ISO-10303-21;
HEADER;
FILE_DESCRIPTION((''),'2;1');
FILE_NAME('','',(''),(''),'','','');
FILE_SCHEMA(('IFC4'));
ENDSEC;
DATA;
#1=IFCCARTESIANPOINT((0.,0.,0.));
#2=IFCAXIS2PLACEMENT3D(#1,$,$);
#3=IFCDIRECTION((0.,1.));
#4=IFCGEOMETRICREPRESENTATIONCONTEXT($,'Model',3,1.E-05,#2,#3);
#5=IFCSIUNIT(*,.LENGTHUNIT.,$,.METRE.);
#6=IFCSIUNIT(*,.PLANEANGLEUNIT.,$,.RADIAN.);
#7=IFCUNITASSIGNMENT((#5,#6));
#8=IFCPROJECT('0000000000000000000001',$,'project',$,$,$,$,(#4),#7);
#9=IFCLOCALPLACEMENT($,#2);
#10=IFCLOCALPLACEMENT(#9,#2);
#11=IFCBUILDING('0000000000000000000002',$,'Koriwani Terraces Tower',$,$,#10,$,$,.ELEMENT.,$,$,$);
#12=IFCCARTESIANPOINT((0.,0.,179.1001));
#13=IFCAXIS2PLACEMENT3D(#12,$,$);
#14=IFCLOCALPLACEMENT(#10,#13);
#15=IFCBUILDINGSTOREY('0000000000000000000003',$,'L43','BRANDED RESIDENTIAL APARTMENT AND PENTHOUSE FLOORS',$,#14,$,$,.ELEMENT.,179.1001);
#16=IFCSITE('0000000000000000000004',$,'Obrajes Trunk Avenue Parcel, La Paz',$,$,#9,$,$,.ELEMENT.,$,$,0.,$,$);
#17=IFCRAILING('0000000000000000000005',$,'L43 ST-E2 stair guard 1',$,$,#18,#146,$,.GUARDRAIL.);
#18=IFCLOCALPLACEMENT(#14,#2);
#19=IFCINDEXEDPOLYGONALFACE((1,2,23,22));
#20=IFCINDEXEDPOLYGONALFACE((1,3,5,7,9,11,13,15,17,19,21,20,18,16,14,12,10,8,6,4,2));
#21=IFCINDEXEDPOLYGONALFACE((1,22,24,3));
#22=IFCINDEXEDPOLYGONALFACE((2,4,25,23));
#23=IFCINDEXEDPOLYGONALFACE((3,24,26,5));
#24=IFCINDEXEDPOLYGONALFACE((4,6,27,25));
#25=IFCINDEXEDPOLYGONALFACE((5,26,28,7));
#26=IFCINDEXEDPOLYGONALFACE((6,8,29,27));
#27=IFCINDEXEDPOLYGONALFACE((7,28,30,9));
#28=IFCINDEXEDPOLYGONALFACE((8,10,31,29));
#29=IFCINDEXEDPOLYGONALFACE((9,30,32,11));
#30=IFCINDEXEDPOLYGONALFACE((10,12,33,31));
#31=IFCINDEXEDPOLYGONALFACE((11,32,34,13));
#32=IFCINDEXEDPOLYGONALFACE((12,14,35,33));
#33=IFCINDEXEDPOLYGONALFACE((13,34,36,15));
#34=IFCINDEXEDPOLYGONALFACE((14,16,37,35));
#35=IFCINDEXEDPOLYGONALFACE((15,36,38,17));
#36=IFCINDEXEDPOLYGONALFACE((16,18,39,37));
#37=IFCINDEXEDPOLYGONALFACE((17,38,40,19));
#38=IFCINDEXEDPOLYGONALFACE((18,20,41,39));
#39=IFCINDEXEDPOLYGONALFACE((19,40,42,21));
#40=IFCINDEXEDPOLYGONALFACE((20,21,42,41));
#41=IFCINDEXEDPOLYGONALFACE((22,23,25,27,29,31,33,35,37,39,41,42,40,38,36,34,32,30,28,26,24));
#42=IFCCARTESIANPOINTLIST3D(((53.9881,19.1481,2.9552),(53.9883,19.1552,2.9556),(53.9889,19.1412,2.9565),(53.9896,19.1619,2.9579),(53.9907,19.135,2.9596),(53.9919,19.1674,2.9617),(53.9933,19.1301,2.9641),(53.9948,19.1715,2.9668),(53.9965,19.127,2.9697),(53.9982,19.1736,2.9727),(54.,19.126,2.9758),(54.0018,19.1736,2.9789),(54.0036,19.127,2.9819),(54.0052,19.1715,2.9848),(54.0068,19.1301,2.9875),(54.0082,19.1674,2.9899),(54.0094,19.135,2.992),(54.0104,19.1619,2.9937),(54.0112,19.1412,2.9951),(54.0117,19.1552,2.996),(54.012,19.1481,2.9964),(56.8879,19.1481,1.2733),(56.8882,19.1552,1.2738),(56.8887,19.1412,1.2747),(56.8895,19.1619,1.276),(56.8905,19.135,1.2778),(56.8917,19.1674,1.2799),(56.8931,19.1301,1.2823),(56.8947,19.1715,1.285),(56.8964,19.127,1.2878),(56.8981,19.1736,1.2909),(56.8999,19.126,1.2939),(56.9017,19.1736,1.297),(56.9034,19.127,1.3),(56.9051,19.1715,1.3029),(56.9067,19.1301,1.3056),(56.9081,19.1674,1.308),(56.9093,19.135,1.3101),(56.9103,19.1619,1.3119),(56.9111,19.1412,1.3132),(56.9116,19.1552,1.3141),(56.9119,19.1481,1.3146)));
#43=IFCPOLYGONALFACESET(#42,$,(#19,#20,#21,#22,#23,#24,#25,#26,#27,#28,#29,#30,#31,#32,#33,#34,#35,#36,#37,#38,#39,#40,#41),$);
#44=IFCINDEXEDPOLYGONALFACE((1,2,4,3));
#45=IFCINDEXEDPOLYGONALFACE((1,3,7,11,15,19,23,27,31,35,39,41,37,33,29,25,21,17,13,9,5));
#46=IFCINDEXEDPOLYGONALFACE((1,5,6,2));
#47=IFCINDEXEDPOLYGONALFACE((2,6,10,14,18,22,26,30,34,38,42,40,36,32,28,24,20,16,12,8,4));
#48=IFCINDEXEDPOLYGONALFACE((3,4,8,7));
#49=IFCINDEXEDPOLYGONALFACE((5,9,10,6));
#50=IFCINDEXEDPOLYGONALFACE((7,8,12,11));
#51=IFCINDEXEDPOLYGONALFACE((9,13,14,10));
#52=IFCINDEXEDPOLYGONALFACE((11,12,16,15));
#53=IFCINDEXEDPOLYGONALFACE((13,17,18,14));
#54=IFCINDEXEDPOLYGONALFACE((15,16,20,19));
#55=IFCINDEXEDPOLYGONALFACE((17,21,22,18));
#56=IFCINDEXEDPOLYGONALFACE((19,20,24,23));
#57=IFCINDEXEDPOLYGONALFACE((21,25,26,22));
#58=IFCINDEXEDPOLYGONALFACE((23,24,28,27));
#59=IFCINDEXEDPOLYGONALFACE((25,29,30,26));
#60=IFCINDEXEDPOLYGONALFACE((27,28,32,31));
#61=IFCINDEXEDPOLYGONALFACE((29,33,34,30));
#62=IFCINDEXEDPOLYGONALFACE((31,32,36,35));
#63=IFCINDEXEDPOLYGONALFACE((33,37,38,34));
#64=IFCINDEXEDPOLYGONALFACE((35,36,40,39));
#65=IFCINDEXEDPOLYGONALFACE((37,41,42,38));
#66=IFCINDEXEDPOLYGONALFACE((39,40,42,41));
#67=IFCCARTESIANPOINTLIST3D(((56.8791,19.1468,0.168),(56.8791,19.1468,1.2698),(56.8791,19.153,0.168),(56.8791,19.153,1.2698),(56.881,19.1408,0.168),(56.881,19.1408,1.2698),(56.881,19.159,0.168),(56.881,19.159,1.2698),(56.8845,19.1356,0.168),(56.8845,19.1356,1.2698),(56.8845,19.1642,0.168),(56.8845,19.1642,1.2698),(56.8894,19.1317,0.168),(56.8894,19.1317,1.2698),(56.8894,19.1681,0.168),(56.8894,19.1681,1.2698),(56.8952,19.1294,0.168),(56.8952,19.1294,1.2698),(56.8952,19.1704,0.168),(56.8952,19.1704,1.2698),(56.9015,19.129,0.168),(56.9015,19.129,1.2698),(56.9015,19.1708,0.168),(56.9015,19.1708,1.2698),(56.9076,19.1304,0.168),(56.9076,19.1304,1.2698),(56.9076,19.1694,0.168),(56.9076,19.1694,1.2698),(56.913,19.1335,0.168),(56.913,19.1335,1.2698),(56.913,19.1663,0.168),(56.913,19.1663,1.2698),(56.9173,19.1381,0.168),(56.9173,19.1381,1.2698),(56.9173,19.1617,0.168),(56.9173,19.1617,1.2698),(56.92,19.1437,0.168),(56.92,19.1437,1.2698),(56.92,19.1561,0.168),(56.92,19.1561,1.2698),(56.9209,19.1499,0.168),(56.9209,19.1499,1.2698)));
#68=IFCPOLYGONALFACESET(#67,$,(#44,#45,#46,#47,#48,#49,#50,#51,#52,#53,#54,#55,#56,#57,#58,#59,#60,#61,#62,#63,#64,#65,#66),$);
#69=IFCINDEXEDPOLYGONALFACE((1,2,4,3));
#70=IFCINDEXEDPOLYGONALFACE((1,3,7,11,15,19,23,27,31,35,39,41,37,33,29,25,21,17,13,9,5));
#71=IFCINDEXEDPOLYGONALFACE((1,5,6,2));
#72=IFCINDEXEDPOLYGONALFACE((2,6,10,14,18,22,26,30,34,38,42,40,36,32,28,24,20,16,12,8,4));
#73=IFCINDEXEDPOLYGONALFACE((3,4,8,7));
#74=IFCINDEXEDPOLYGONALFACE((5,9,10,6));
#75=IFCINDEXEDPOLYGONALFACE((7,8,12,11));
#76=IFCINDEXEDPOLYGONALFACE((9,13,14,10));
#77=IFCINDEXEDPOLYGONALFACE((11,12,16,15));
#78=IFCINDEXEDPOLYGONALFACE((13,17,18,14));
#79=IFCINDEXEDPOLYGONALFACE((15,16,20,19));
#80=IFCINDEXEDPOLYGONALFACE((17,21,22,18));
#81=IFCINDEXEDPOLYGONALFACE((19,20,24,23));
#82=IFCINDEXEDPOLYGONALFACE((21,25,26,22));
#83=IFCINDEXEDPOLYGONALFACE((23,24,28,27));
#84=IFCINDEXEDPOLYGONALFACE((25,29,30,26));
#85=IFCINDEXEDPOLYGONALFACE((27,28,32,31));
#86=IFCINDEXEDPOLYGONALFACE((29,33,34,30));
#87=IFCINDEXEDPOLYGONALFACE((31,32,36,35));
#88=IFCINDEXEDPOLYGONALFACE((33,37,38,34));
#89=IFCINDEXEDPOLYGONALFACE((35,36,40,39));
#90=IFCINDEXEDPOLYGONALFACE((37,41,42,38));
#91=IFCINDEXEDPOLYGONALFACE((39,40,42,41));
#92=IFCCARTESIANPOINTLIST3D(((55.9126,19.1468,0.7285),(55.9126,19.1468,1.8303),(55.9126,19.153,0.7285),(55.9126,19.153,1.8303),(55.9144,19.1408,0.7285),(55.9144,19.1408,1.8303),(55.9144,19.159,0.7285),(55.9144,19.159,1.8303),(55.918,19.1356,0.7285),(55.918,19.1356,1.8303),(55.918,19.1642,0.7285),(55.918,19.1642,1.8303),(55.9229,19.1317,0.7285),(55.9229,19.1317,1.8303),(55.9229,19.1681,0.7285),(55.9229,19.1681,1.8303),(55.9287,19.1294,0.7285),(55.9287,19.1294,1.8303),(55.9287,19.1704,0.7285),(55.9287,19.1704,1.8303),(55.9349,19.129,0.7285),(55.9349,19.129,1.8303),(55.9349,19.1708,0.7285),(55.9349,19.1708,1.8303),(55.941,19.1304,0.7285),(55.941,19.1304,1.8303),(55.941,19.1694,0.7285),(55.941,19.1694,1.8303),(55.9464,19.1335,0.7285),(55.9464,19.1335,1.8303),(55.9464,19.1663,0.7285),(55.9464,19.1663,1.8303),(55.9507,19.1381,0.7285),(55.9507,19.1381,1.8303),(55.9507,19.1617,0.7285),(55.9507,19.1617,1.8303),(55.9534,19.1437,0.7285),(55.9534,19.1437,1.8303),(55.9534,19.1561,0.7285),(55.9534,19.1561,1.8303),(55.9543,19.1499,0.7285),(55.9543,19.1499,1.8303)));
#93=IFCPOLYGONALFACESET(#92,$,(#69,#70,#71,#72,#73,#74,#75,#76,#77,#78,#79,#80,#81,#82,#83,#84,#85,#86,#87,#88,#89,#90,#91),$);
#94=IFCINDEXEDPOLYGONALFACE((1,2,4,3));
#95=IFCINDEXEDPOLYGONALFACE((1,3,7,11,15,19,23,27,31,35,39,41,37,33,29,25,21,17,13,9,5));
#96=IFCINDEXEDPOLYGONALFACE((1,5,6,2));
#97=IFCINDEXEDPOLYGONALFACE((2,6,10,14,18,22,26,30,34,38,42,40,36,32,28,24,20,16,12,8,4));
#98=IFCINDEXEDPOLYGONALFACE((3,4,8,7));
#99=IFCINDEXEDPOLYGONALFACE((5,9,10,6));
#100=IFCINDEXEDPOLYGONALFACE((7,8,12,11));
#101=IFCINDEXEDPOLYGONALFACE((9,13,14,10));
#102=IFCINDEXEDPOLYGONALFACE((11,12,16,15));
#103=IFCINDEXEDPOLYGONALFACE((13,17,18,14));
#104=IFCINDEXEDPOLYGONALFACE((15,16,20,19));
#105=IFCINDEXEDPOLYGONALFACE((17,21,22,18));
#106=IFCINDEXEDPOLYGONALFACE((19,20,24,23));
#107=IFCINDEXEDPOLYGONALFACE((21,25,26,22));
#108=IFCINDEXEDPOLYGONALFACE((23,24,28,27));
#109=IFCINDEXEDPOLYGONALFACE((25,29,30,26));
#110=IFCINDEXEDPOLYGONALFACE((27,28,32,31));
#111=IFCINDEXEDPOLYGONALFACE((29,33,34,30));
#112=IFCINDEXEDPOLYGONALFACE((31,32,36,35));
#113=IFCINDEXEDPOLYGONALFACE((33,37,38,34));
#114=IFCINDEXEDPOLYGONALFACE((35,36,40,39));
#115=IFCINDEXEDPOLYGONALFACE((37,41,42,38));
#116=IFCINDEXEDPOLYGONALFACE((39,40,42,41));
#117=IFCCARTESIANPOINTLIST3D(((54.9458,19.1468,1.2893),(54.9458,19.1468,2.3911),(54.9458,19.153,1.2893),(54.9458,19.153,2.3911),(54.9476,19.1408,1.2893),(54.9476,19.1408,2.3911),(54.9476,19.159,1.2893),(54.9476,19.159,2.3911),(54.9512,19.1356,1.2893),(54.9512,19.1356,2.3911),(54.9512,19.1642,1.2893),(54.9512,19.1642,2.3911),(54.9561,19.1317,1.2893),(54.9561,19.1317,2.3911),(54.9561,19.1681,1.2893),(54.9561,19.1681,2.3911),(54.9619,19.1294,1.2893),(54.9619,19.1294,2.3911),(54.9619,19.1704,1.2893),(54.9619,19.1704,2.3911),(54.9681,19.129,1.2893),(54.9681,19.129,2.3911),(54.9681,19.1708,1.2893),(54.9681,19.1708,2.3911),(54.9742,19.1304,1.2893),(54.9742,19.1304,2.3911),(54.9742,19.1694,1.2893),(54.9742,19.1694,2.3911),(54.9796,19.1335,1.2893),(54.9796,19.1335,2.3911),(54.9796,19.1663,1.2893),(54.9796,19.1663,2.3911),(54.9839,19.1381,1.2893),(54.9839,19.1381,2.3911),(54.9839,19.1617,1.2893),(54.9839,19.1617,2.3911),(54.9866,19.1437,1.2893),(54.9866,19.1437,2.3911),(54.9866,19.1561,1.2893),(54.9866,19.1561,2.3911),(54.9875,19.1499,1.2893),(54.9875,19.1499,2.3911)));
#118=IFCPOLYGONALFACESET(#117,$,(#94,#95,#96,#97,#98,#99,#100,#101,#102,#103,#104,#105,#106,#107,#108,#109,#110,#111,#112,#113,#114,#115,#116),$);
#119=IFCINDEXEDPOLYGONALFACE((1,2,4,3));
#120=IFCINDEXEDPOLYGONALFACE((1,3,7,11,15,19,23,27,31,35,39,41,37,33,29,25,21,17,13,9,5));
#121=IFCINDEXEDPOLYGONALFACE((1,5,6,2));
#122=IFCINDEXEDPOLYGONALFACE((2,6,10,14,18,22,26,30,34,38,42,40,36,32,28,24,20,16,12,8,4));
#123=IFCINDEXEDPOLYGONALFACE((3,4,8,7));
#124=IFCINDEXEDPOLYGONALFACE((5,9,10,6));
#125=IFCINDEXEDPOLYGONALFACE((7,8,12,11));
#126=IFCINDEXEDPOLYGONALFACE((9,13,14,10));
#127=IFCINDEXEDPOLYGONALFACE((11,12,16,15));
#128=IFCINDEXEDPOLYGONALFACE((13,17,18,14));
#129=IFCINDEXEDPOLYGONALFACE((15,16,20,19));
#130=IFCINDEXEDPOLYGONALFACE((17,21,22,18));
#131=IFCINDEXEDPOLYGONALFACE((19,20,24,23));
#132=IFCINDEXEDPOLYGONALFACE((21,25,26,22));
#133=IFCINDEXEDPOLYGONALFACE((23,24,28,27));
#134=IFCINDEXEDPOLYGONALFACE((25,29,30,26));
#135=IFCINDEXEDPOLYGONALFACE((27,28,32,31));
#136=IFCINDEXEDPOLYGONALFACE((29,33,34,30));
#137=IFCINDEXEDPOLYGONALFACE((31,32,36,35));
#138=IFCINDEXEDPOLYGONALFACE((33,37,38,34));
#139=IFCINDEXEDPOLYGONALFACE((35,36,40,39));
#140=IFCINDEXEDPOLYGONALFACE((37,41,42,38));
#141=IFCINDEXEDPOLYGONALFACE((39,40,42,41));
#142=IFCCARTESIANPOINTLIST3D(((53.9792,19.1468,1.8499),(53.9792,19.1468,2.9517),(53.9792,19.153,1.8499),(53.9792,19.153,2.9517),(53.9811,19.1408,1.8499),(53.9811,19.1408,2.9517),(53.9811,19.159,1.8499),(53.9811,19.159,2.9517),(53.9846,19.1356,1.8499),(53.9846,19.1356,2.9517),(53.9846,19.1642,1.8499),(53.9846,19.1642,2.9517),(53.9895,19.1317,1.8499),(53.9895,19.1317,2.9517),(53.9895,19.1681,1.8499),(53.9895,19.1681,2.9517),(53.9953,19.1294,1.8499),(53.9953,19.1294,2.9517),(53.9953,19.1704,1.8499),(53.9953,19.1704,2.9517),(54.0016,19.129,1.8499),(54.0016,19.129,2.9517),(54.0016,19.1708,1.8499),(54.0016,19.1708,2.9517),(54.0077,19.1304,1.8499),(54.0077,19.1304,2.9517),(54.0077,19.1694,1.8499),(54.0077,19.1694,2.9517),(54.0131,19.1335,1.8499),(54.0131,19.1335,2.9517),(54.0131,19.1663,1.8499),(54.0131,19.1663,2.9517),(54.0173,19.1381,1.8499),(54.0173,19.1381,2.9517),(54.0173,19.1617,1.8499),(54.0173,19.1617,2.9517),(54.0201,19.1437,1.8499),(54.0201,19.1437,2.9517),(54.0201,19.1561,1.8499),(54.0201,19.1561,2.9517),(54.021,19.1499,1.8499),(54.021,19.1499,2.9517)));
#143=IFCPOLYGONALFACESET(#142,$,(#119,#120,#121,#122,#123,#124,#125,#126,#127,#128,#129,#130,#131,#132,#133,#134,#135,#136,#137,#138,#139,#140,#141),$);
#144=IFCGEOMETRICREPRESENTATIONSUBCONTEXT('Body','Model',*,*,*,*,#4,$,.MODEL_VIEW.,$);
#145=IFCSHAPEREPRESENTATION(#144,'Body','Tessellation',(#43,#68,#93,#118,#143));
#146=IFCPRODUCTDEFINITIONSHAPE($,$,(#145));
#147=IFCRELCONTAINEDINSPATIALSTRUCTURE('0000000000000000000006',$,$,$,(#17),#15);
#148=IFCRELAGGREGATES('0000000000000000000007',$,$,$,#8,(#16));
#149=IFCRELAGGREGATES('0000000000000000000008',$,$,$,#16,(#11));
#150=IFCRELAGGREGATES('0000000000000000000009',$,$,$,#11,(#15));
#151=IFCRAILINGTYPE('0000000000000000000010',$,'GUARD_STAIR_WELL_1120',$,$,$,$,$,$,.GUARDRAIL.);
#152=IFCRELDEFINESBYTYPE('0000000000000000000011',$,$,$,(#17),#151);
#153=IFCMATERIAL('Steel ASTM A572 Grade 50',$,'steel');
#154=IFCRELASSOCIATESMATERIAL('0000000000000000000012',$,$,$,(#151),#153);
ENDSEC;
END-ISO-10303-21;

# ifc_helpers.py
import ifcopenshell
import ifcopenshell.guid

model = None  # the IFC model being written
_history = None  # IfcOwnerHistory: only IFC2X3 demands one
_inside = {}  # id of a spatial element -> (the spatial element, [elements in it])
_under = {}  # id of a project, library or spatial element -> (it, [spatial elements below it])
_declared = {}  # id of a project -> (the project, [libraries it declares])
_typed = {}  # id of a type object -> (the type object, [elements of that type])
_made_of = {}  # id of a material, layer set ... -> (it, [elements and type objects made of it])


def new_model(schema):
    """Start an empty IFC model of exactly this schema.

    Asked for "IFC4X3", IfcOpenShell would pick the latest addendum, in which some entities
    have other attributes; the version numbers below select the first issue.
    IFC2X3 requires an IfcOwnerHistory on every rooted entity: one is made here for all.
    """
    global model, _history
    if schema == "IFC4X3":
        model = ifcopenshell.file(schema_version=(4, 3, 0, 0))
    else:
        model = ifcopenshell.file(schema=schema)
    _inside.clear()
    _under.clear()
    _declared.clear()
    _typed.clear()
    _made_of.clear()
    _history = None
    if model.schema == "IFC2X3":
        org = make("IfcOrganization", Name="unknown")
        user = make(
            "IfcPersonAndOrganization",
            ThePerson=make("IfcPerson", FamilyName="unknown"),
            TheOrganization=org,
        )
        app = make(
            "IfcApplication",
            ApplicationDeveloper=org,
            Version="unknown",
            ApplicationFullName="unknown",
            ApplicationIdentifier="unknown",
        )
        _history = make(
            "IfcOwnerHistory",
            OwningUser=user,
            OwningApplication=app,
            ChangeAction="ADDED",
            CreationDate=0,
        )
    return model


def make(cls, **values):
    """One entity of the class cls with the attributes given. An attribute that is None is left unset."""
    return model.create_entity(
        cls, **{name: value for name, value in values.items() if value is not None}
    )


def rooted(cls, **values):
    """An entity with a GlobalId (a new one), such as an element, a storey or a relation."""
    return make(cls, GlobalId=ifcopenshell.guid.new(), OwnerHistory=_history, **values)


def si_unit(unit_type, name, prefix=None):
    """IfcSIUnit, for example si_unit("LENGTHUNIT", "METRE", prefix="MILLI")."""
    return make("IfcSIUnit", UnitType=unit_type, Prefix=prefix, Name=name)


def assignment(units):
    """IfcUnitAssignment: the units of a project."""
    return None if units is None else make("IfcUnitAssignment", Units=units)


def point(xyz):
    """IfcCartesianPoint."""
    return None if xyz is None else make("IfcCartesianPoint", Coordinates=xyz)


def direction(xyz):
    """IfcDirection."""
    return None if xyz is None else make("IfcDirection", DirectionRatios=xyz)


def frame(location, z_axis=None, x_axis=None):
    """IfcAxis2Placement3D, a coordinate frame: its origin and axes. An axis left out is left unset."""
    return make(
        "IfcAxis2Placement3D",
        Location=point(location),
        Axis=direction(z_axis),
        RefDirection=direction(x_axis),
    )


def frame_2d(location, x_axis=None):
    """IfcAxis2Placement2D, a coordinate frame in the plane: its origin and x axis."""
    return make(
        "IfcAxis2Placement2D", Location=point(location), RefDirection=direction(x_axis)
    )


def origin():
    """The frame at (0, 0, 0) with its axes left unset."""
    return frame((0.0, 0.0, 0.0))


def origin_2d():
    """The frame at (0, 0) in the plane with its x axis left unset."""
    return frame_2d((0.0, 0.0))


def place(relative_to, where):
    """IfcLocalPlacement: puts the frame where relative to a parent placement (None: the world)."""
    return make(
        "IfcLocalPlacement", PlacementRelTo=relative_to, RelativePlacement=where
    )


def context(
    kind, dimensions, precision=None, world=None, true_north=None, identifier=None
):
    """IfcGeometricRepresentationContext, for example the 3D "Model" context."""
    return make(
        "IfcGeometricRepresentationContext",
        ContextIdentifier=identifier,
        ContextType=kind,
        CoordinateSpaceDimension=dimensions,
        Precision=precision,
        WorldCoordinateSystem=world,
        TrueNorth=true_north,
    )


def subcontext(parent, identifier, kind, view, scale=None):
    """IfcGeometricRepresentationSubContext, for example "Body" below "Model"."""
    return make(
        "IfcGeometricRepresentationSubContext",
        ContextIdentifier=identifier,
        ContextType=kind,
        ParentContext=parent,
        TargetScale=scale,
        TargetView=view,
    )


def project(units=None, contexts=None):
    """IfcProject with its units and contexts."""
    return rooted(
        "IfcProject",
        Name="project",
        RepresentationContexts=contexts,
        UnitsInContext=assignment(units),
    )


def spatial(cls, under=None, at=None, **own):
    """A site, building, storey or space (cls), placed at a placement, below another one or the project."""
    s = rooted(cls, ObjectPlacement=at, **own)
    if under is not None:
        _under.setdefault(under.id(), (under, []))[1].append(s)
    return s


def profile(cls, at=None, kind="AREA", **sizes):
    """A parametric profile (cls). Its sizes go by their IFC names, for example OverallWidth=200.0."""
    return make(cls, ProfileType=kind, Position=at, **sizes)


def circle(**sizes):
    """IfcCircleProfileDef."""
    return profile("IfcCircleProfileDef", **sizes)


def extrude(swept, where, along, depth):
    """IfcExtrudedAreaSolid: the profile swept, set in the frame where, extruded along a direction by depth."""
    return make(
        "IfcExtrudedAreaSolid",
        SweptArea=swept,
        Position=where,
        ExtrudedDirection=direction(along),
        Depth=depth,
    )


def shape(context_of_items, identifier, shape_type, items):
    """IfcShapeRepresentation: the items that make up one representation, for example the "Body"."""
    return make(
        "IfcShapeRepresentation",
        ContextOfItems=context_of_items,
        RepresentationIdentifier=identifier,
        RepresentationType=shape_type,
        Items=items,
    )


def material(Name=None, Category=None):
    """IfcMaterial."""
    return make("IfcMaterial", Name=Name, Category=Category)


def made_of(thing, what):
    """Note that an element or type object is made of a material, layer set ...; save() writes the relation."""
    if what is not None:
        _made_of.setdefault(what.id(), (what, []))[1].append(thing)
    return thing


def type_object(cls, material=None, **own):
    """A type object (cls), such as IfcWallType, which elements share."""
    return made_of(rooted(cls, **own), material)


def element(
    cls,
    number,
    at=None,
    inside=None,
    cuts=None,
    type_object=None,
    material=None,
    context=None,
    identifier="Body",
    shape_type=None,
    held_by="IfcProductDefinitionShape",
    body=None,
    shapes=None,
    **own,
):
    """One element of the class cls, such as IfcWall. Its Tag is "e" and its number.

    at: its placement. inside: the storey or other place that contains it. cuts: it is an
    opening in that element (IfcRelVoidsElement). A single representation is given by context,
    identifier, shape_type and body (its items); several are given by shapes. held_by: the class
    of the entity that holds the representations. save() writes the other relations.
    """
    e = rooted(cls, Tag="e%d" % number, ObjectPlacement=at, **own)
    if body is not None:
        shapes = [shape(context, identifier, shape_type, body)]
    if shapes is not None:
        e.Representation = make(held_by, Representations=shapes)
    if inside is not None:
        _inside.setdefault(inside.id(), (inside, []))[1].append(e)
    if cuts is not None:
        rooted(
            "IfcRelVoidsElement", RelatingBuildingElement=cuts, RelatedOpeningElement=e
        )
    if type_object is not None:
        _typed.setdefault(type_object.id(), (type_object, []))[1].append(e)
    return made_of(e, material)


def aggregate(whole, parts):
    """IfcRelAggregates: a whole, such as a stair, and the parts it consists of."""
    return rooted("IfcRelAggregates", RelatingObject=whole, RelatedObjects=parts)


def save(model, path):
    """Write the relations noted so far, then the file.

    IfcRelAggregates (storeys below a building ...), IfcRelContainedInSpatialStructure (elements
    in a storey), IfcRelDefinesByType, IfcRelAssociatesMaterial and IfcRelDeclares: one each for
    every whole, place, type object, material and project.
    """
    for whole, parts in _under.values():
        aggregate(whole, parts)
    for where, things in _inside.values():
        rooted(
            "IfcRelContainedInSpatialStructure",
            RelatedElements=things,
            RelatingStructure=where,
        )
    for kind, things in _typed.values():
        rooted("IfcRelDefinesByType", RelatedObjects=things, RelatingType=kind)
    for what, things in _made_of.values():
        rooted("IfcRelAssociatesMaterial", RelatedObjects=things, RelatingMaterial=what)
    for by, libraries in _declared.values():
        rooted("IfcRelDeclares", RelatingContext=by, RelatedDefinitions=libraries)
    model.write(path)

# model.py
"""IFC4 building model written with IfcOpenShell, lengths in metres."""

from ifc_helpers import new_model, si_unit, direction, frame, origin, origin_2d, place, context, subcontext, project, spatial, circle, extrude, material, type_object, element, save


model = new_model("IFC4")

# Units and contexts
model_context = context("Model", 3, precision=1e-05, world=origin(), true_north=direction((0.0, 1.0)))
body_context = subcontext(model_context, "Body", "Model", "MODEL_VIEW")
ifc_project = project(units=[si_unit("LENGTHUNIT", "METRE"), si_unit("PLANEANGLEUNIT", "RADIAN")], contexts=[model_context])

# Site, building, storey
site_placement = place(None, origin())
site = spatial("IfcSite", under=ifc_project, at=site_placement, Name="Obrajes Trunk Avenue Parcel, La Paz", CompositionType="ELEMENT", RefElevation=0.0)
building_placement = place(site_placement, origin())
building = spatial("IfcBuilding", under=site, at=building_placement, Name="Koriwani Terraces Tower", CompositionType="ELEMENT")
storey_placement = place(building_placement, frame((0.0, 0.0, 179.1001)))
storey = spatial("IfcBuildingStorey", under=building, at=storey_placement, Name="L43", Description="BRANDED RESIDENTIAL APARTMENT AND PENTHOUSE FLOORS", CompositionType="ELEMENT", Elevation=179.1001)

# Shared definitions
ifc_material_1 = material(Name="Steel ASTM A572 Grade 50", Category="steel")

# Railing
railing_type_1 = type_object("IfcRailingType", Name="GUARD_STAIR_WELL_1120", PredefinedType="GUARDRAIL", material=ifc_material_1)
railing_1_placement = place(storey_placement, frame((56.8999, 19.1499, 0.168)))
element("IfcRailing", 1, at=railing_1_placement, inside=storey, type_object=railing_type_1, Name="L43 ST-E2 stair guard 1", PredefinedType="GUARDRAIL", context=body_context, shape_type="SweptSolid", body=[
    extrude(circle(Radius=0.0239, at=origin_2d()), frame((0.0, 0.0, 1.126), z_axis=(-0.865039, 0.0, 0.501705), x_axis=(0.0, -1.0, 0.0)), (0.0, 0.0, 1.0), 3.3523),
    extrude(circle(Radius=0.021, at=origin_2d()), origin(), (0.0, 0.0, 1.0), 1.1018),
    extrude(circle(Radius=0.021, at=origin_2d()), frame((-0.9666, 0.0, 0.5605)), (0.0, 0.0, 1.0), 1.1018),
    extrude(circle(Radius=0.021, at=origin_2d()), frame((-1.9333, 0.0, 1.1213)), (0.0, 0.0, 1.0), 1.1018),
    extrude(circle(Radius=0.021, at=origin_2d()), frame((-2.8999, 0.0, 1.6819)), (0.0, 0.0, 1.0), 1.1018),
])

save(model, "model.ifc")
